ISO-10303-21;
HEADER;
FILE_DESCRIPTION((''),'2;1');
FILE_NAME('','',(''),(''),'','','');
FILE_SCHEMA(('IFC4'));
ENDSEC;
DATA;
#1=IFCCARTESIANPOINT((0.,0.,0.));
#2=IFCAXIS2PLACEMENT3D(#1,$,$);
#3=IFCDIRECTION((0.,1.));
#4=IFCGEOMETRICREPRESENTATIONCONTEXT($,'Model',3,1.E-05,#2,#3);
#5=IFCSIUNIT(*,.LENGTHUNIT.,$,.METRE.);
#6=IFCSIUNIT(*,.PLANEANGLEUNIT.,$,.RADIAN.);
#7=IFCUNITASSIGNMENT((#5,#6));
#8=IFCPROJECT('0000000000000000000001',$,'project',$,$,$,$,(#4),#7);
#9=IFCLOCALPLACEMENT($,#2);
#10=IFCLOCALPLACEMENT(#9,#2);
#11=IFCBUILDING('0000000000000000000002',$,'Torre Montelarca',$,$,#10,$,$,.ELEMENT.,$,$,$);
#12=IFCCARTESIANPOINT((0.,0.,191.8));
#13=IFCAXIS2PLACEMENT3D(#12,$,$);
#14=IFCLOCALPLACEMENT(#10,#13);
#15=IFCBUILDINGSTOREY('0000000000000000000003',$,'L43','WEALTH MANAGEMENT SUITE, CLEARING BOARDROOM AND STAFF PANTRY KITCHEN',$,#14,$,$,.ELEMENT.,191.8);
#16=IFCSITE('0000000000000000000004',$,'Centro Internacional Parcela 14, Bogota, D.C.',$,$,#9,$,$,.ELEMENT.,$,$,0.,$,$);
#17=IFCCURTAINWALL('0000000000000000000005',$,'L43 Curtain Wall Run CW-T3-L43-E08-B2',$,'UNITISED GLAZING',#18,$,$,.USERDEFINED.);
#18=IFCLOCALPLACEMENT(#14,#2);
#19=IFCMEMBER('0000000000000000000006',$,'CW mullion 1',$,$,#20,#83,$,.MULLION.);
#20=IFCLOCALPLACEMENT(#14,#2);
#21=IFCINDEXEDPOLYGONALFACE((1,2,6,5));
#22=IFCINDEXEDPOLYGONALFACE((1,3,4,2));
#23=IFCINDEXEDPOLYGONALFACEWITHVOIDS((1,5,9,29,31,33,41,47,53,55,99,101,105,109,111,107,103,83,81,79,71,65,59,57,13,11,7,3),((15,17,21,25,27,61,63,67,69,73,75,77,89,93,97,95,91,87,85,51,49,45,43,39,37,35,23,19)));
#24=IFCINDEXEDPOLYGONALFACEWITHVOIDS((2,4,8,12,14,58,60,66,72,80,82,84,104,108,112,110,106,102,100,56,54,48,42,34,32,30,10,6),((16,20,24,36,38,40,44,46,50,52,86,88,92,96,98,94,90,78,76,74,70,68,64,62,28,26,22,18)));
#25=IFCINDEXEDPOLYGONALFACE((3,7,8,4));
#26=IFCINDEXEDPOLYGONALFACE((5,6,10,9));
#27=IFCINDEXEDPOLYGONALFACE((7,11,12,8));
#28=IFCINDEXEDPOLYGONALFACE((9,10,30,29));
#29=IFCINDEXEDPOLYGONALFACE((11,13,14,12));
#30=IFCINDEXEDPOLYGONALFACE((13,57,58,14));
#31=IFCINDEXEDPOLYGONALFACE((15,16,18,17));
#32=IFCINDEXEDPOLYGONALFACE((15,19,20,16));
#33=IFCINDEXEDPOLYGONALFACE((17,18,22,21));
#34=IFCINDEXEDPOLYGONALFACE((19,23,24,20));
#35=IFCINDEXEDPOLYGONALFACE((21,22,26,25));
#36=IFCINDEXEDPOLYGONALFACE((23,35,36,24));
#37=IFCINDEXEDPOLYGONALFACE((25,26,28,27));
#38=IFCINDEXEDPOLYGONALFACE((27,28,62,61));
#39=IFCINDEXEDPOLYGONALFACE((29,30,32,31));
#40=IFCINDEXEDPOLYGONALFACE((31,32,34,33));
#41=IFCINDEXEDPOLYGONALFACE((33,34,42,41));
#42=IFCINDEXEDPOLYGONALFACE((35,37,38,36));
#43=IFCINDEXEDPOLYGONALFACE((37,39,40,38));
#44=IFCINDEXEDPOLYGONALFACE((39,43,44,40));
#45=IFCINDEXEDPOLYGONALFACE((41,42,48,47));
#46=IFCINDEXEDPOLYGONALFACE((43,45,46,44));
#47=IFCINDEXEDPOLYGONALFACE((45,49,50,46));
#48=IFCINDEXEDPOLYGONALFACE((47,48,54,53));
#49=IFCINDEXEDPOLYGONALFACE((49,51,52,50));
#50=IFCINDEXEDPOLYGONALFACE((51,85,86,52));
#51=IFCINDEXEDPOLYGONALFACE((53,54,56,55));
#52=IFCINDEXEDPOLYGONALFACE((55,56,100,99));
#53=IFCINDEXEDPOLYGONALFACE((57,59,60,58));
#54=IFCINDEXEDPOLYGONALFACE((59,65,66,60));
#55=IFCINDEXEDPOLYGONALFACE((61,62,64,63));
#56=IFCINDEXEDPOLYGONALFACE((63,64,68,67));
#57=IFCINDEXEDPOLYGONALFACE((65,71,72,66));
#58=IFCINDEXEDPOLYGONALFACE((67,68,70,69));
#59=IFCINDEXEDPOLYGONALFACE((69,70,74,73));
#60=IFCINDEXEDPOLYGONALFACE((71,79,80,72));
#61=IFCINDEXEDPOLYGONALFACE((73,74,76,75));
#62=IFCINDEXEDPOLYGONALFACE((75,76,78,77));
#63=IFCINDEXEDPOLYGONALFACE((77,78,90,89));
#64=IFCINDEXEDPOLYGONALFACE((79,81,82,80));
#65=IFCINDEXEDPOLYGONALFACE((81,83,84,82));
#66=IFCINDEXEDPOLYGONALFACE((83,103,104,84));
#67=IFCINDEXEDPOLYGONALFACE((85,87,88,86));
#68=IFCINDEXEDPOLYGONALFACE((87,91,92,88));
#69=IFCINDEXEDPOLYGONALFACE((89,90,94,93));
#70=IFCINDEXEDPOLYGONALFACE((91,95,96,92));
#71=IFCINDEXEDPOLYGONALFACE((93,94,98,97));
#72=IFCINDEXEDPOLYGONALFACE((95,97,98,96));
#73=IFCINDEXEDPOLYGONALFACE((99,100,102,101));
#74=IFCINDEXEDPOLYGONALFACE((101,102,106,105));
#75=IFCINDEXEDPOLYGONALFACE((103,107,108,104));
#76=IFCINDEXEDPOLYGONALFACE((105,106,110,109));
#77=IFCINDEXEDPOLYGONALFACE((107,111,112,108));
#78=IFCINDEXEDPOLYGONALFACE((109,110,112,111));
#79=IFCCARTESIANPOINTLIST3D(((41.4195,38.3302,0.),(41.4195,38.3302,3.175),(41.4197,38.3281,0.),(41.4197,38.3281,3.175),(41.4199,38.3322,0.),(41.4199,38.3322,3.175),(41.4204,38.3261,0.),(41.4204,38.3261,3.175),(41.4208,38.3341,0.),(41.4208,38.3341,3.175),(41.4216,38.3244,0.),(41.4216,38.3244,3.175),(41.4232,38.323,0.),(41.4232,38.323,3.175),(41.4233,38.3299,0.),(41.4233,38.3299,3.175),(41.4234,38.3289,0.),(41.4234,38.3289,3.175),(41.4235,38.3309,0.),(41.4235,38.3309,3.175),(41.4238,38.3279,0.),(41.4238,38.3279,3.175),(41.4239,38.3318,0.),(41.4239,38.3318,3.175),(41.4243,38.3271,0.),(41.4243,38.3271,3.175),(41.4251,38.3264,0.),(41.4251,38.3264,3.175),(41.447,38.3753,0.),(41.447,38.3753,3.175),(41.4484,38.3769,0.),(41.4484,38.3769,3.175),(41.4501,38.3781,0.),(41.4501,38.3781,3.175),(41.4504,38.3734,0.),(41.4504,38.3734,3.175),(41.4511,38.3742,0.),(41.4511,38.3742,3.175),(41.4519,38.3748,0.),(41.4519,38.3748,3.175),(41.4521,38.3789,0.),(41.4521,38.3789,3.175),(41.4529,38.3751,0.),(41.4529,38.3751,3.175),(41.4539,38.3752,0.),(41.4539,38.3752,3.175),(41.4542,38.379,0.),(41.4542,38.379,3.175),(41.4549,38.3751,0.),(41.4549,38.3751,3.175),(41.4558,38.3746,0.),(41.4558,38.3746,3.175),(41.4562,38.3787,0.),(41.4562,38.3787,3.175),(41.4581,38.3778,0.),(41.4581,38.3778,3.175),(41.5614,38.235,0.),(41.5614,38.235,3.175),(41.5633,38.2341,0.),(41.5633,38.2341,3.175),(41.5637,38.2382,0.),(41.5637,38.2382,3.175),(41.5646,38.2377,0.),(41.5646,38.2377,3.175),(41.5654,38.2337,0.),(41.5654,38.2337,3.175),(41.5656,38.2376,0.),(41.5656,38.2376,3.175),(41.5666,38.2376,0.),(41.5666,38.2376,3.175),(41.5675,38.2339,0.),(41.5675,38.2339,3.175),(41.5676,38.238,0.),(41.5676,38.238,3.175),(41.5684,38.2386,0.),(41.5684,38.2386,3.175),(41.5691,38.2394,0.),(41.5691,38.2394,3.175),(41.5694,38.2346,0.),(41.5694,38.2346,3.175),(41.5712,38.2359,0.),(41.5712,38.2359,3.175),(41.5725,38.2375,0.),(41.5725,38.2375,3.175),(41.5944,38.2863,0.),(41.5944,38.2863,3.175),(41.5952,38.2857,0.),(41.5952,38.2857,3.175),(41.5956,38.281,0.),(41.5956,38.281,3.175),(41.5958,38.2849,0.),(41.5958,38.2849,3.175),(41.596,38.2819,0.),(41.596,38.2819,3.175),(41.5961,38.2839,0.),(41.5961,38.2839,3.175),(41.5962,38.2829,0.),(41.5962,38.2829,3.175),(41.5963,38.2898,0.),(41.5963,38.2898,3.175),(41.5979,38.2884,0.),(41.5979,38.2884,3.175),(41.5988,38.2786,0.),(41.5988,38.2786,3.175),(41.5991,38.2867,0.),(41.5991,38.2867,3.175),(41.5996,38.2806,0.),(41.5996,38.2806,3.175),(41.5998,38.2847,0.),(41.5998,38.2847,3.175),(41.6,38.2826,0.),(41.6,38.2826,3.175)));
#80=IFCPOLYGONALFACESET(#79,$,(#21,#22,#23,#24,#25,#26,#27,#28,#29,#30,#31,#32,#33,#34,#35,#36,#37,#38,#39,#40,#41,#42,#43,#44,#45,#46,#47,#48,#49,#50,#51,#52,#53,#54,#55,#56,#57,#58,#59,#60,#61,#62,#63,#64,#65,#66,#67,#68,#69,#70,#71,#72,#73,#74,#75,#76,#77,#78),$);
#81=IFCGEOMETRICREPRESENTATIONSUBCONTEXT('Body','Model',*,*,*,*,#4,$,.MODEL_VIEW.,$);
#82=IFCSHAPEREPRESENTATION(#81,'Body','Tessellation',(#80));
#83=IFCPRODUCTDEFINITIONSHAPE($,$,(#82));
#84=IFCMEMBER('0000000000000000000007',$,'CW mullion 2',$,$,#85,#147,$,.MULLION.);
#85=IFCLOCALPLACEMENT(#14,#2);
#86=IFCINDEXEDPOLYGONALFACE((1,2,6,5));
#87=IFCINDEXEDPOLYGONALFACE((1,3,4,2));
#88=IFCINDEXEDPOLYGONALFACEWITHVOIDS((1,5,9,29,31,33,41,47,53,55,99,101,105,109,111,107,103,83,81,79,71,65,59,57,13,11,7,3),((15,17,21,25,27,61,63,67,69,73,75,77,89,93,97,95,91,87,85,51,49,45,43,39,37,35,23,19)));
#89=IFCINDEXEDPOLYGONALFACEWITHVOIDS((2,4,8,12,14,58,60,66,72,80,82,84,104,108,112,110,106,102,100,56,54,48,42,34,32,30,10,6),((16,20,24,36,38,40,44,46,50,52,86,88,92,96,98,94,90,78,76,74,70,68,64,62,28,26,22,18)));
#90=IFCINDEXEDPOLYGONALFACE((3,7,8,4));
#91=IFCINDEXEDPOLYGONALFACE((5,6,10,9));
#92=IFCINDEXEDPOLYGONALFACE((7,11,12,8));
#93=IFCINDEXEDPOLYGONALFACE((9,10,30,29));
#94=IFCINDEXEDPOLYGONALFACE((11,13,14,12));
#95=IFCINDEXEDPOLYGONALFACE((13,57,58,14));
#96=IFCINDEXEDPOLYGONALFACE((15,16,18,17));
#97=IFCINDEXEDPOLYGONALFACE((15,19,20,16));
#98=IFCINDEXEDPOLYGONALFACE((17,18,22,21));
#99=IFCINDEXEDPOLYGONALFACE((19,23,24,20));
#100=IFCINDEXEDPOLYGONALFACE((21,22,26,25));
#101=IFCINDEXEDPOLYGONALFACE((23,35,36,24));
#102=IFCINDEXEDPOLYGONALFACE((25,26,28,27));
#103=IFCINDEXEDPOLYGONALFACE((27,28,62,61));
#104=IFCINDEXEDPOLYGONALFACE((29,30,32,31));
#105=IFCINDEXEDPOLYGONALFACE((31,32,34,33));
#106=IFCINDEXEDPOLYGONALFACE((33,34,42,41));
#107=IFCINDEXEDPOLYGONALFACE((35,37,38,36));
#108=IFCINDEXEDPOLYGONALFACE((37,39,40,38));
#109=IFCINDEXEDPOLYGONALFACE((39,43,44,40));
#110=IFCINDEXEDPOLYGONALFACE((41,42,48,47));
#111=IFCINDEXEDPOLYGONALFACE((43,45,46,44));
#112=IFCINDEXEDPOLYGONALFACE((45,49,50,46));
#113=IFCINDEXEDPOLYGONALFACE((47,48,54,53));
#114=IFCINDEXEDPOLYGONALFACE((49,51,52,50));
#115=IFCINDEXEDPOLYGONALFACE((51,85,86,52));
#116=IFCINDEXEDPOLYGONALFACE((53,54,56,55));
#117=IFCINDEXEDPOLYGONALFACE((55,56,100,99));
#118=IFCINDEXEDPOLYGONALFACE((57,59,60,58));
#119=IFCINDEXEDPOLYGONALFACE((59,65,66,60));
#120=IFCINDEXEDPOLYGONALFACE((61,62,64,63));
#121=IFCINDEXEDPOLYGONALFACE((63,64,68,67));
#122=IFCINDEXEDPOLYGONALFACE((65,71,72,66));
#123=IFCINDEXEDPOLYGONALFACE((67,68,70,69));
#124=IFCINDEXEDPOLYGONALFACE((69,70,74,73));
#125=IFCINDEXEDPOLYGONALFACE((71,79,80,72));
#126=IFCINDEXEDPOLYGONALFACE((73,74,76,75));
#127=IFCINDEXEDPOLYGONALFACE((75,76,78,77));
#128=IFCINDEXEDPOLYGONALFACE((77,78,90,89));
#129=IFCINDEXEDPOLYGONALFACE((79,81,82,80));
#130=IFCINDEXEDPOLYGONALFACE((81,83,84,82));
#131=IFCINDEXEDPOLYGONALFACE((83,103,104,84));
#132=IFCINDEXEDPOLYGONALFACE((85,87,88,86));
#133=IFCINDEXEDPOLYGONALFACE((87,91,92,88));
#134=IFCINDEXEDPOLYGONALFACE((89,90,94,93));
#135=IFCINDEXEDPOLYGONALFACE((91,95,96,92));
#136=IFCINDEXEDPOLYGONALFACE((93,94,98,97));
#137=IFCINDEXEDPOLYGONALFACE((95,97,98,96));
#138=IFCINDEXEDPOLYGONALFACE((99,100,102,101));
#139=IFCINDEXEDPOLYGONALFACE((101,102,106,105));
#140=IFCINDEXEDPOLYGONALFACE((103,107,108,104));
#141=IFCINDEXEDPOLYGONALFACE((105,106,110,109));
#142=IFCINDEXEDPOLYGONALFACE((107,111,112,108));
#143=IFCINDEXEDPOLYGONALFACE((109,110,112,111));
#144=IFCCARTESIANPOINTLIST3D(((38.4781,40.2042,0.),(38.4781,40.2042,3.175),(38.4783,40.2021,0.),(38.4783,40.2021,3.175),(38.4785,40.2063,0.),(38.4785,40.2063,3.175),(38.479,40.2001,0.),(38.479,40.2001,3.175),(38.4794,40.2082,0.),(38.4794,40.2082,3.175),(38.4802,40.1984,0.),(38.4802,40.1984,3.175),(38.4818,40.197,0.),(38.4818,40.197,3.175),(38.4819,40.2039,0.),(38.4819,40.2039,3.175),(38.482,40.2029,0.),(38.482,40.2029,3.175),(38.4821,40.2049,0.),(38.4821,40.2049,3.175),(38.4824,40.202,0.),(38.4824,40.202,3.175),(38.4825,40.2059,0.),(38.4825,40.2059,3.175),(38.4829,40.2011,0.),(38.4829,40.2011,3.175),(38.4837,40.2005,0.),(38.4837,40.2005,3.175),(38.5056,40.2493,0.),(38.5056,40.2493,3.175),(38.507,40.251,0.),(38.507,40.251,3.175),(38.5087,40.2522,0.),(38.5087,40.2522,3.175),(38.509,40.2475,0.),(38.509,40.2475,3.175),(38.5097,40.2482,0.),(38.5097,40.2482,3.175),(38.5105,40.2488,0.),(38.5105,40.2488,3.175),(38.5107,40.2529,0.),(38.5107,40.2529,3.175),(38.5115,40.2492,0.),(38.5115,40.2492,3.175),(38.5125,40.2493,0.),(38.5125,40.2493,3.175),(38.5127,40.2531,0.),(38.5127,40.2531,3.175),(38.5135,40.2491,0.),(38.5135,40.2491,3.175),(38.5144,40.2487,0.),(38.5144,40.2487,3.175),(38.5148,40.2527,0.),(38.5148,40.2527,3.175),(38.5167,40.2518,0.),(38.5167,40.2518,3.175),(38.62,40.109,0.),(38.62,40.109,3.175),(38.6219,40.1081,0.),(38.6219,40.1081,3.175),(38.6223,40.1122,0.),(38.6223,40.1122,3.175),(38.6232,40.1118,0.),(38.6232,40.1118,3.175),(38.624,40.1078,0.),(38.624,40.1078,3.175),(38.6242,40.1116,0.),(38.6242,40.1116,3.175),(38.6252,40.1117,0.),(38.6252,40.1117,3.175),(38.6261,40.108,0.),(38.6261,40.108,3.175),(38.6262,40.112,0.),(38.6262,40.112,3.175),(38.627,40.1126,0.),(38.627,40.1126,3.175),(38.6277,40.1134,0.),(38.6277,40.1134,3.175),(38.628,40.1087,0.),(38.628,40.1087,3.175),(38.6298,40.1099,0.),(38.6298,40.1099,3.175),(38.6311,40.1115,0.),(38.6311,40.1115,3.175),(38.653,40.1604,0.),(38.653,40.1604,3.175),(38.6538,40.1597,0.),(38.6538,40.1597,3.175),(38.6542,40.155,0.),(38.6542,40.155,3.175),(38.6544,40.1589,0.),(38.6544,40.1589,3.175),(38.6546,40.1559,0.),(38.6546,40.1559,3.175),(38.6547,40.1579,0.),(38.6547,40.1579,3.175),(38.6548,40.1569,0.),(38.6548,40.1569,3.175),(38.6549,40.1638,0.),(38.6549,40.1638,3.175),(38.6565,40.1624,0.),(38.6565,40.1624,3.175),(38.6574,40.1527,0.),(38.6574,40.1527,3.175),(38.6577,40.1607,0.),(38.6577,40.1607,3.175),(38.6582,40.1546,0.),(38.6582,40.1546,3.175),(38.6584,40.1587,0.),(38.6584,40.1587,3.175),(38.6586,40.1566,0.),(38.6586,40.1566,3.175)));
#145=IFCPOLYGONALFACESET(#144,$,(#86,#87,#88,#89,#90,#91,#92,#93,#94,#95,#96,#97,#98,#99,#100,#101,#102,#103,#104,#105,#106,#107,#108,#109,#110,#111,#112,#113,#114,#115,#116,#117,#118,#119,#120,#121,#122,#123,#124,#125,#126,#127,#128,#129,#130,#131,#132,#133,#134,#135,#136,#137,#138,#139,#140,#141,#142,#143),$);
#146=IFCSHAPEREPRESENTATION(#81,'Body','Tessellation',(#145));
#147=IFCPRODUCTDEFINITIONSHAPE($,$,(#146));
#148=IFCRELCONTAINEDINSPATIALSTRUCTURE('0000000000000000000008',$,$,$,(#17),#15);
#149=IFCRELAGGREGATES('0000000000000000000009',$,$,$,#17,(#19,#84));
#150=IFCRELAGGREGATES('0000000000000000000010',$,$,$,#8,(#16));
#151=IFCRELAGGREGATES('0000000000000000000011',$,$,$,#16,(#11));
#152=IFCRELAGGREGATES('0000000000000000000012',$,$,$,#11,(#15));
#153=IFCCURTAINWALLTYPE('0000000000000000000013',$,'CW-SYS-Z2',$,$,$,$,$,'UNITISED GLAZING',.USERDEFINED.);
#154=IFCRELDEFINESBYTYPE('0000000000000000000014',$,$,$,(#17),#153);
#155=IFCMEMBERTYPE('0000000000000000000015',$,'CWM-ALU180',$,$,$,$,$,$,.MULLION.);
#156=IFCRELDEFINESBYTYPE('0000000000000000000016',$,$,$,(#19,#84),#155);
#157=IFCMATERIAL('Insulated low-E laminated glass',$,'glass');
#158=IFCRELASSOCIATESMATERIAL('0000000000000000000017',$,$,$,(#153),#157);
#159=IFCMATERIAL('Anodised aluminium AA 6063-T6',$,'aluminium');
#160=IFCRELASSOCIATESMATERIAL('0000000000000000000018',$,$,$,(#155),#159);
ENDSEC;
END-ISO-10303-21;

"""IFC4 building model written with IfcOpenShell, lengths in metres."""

from ifc_helpers import new_model, si_unit, direction, frame, origin, origin_2d, place, context, subcontext, project, spatial, hollow_rectangle, extrude, source, transform, mapped, material, material_profile, profile_set, type_object, element, aggregate, save


model = new_model("IFC4")

# Units and contexts
model_context = context("Model", 3, precision=1e-05, world=origin(), true_north=direction((0.0, 1.0)))
body_context = subcontext(model_context, "Body", "Model", "MODEL_VIEW")
ifc_project = project(units=[si_unit("LENGTHUNIT", "METRE"), si_unit("PLANEANGLEUNIT", "RADIAN")], contexts=[model_context])

# Site, building, storey
site_placement = place(None, origin())
site = spatial("IfcSite", under=ifc_project, at=site_placement, Name="Centro Internacional Parcela 14, Bogota, D.C.", CompositionType="ELEMENT", RefElevation=0.0)
building_placement = place(site_placement, origin())
building = spatial("IfcBuilding", under=site, at=building_placement, Name="Torre Montelarca", CompositionType="ELEMENT")
storey_placement = place(building_placement, frame((0.0, 0.0, 191.8)))
storey = spatial("IfcBuildingStorey", under=building, at=storey_placement, Name="L43", Description="WEALTH MANAGEMENT SUITE, CLEARING BOARDROOM AND STAFF PANTRY KITCHEN", CompositionType="ELEMENT", Elevation=191.8)

# Curtain wall, members
ifc_material_1 = material(Name="Insulated low-E laminated glass", Category="glass")
curtain_wall_type = type_object("IfcCurtainWallType", Name="CW-SYS-Z2", ElementType="UNITISED GLAZING", PredefinedType="USERDEFINED", material=ifc_material_1)
ifc_material_2 = material(Name="Anodised aluminium AA 6063-T6", Category="aluminium")
ifc_material_profile_1 = material_profile(ifc_material_2, hollow_rectangle(XDim=0.0649, YDim=0.1799, WallThickness=0.0039, InnerFilletRadius=0.0039, OuterFilletRadius=0.0081, at=origin_2d()), Name="ALU65X180X4", Category="aluminium")
ifc_profile_set_1 = profile_set([ifc_material_profile_1], Name="Anodised aluminium AA 6063-T6")
member_type_1 = type_object("IfcMemberType", Name="CWM-ALU180", PredefinedType="MULLION", material=ifc_profile_set_1)
shared_shape_1 = source(origin(), body_context, "Body", "SweptSolid", [
    extrude(hollow_rectangle(XDim=0.0649, YDim=0.1799, WallThickness=0.0039, InnerFilletRadius=0.0039, OuterFilletRadius=0.0081, at=origin_2d()), origin(), (0.0, 0.0, 1.0), 3.175),
])
curtain_wall_1_placement = place(storey_placement, origin())
curtain_wall_1 = element("IfcCurtainWall", 1, at=curtain_wall_1_placement, inside=storey, type_object=curtain_wall_type, Name="L43 Curtain Wall Run CW-T3-L43-E08-B2", ObjectType="UNITISED GLAZING", PredefinedType="USERDEFINED")
member_1_placement = place(storey_placement, frame((41.5098, 38.3064, 0.0), z_axis=(0.0, 0.0, 1.0), x_axis=(-0.537299, -0.843392, 0.0)))
member_1 = element("IfcMember", 2, at=member_1_placement, type_object=member_type_1, Name="CW mullion 1", PredefinedType="MULLION", context=body_context, shape_type="MappedRepresentation", body=[
    mapped(shared_shape_1, transform((0.0, 0.0, 0.0), scale=1.0)),
])
member_2_placement = place(storey_placement, frame((38.5684, 40.1804, 0.0), z_axis=(0.0, 0.0, 1.0), x_axis=(-0.537299, -0.843392, 0.0)))
member_2 = element("IfcMember", 3, at=member_2_placement, type_object=member_type_1, Name="CW mullion 2", PredefinedType="MULLION", context=body_context, shape_type="MappedRepresentation", body=[
    mapped(shared_shape_1, transform((0.0, 0.0, 0.0), scale=1.0)),
])

aggregate(curtain_wall_1, [member_1, member_2])

save(model, "model.ifc")
